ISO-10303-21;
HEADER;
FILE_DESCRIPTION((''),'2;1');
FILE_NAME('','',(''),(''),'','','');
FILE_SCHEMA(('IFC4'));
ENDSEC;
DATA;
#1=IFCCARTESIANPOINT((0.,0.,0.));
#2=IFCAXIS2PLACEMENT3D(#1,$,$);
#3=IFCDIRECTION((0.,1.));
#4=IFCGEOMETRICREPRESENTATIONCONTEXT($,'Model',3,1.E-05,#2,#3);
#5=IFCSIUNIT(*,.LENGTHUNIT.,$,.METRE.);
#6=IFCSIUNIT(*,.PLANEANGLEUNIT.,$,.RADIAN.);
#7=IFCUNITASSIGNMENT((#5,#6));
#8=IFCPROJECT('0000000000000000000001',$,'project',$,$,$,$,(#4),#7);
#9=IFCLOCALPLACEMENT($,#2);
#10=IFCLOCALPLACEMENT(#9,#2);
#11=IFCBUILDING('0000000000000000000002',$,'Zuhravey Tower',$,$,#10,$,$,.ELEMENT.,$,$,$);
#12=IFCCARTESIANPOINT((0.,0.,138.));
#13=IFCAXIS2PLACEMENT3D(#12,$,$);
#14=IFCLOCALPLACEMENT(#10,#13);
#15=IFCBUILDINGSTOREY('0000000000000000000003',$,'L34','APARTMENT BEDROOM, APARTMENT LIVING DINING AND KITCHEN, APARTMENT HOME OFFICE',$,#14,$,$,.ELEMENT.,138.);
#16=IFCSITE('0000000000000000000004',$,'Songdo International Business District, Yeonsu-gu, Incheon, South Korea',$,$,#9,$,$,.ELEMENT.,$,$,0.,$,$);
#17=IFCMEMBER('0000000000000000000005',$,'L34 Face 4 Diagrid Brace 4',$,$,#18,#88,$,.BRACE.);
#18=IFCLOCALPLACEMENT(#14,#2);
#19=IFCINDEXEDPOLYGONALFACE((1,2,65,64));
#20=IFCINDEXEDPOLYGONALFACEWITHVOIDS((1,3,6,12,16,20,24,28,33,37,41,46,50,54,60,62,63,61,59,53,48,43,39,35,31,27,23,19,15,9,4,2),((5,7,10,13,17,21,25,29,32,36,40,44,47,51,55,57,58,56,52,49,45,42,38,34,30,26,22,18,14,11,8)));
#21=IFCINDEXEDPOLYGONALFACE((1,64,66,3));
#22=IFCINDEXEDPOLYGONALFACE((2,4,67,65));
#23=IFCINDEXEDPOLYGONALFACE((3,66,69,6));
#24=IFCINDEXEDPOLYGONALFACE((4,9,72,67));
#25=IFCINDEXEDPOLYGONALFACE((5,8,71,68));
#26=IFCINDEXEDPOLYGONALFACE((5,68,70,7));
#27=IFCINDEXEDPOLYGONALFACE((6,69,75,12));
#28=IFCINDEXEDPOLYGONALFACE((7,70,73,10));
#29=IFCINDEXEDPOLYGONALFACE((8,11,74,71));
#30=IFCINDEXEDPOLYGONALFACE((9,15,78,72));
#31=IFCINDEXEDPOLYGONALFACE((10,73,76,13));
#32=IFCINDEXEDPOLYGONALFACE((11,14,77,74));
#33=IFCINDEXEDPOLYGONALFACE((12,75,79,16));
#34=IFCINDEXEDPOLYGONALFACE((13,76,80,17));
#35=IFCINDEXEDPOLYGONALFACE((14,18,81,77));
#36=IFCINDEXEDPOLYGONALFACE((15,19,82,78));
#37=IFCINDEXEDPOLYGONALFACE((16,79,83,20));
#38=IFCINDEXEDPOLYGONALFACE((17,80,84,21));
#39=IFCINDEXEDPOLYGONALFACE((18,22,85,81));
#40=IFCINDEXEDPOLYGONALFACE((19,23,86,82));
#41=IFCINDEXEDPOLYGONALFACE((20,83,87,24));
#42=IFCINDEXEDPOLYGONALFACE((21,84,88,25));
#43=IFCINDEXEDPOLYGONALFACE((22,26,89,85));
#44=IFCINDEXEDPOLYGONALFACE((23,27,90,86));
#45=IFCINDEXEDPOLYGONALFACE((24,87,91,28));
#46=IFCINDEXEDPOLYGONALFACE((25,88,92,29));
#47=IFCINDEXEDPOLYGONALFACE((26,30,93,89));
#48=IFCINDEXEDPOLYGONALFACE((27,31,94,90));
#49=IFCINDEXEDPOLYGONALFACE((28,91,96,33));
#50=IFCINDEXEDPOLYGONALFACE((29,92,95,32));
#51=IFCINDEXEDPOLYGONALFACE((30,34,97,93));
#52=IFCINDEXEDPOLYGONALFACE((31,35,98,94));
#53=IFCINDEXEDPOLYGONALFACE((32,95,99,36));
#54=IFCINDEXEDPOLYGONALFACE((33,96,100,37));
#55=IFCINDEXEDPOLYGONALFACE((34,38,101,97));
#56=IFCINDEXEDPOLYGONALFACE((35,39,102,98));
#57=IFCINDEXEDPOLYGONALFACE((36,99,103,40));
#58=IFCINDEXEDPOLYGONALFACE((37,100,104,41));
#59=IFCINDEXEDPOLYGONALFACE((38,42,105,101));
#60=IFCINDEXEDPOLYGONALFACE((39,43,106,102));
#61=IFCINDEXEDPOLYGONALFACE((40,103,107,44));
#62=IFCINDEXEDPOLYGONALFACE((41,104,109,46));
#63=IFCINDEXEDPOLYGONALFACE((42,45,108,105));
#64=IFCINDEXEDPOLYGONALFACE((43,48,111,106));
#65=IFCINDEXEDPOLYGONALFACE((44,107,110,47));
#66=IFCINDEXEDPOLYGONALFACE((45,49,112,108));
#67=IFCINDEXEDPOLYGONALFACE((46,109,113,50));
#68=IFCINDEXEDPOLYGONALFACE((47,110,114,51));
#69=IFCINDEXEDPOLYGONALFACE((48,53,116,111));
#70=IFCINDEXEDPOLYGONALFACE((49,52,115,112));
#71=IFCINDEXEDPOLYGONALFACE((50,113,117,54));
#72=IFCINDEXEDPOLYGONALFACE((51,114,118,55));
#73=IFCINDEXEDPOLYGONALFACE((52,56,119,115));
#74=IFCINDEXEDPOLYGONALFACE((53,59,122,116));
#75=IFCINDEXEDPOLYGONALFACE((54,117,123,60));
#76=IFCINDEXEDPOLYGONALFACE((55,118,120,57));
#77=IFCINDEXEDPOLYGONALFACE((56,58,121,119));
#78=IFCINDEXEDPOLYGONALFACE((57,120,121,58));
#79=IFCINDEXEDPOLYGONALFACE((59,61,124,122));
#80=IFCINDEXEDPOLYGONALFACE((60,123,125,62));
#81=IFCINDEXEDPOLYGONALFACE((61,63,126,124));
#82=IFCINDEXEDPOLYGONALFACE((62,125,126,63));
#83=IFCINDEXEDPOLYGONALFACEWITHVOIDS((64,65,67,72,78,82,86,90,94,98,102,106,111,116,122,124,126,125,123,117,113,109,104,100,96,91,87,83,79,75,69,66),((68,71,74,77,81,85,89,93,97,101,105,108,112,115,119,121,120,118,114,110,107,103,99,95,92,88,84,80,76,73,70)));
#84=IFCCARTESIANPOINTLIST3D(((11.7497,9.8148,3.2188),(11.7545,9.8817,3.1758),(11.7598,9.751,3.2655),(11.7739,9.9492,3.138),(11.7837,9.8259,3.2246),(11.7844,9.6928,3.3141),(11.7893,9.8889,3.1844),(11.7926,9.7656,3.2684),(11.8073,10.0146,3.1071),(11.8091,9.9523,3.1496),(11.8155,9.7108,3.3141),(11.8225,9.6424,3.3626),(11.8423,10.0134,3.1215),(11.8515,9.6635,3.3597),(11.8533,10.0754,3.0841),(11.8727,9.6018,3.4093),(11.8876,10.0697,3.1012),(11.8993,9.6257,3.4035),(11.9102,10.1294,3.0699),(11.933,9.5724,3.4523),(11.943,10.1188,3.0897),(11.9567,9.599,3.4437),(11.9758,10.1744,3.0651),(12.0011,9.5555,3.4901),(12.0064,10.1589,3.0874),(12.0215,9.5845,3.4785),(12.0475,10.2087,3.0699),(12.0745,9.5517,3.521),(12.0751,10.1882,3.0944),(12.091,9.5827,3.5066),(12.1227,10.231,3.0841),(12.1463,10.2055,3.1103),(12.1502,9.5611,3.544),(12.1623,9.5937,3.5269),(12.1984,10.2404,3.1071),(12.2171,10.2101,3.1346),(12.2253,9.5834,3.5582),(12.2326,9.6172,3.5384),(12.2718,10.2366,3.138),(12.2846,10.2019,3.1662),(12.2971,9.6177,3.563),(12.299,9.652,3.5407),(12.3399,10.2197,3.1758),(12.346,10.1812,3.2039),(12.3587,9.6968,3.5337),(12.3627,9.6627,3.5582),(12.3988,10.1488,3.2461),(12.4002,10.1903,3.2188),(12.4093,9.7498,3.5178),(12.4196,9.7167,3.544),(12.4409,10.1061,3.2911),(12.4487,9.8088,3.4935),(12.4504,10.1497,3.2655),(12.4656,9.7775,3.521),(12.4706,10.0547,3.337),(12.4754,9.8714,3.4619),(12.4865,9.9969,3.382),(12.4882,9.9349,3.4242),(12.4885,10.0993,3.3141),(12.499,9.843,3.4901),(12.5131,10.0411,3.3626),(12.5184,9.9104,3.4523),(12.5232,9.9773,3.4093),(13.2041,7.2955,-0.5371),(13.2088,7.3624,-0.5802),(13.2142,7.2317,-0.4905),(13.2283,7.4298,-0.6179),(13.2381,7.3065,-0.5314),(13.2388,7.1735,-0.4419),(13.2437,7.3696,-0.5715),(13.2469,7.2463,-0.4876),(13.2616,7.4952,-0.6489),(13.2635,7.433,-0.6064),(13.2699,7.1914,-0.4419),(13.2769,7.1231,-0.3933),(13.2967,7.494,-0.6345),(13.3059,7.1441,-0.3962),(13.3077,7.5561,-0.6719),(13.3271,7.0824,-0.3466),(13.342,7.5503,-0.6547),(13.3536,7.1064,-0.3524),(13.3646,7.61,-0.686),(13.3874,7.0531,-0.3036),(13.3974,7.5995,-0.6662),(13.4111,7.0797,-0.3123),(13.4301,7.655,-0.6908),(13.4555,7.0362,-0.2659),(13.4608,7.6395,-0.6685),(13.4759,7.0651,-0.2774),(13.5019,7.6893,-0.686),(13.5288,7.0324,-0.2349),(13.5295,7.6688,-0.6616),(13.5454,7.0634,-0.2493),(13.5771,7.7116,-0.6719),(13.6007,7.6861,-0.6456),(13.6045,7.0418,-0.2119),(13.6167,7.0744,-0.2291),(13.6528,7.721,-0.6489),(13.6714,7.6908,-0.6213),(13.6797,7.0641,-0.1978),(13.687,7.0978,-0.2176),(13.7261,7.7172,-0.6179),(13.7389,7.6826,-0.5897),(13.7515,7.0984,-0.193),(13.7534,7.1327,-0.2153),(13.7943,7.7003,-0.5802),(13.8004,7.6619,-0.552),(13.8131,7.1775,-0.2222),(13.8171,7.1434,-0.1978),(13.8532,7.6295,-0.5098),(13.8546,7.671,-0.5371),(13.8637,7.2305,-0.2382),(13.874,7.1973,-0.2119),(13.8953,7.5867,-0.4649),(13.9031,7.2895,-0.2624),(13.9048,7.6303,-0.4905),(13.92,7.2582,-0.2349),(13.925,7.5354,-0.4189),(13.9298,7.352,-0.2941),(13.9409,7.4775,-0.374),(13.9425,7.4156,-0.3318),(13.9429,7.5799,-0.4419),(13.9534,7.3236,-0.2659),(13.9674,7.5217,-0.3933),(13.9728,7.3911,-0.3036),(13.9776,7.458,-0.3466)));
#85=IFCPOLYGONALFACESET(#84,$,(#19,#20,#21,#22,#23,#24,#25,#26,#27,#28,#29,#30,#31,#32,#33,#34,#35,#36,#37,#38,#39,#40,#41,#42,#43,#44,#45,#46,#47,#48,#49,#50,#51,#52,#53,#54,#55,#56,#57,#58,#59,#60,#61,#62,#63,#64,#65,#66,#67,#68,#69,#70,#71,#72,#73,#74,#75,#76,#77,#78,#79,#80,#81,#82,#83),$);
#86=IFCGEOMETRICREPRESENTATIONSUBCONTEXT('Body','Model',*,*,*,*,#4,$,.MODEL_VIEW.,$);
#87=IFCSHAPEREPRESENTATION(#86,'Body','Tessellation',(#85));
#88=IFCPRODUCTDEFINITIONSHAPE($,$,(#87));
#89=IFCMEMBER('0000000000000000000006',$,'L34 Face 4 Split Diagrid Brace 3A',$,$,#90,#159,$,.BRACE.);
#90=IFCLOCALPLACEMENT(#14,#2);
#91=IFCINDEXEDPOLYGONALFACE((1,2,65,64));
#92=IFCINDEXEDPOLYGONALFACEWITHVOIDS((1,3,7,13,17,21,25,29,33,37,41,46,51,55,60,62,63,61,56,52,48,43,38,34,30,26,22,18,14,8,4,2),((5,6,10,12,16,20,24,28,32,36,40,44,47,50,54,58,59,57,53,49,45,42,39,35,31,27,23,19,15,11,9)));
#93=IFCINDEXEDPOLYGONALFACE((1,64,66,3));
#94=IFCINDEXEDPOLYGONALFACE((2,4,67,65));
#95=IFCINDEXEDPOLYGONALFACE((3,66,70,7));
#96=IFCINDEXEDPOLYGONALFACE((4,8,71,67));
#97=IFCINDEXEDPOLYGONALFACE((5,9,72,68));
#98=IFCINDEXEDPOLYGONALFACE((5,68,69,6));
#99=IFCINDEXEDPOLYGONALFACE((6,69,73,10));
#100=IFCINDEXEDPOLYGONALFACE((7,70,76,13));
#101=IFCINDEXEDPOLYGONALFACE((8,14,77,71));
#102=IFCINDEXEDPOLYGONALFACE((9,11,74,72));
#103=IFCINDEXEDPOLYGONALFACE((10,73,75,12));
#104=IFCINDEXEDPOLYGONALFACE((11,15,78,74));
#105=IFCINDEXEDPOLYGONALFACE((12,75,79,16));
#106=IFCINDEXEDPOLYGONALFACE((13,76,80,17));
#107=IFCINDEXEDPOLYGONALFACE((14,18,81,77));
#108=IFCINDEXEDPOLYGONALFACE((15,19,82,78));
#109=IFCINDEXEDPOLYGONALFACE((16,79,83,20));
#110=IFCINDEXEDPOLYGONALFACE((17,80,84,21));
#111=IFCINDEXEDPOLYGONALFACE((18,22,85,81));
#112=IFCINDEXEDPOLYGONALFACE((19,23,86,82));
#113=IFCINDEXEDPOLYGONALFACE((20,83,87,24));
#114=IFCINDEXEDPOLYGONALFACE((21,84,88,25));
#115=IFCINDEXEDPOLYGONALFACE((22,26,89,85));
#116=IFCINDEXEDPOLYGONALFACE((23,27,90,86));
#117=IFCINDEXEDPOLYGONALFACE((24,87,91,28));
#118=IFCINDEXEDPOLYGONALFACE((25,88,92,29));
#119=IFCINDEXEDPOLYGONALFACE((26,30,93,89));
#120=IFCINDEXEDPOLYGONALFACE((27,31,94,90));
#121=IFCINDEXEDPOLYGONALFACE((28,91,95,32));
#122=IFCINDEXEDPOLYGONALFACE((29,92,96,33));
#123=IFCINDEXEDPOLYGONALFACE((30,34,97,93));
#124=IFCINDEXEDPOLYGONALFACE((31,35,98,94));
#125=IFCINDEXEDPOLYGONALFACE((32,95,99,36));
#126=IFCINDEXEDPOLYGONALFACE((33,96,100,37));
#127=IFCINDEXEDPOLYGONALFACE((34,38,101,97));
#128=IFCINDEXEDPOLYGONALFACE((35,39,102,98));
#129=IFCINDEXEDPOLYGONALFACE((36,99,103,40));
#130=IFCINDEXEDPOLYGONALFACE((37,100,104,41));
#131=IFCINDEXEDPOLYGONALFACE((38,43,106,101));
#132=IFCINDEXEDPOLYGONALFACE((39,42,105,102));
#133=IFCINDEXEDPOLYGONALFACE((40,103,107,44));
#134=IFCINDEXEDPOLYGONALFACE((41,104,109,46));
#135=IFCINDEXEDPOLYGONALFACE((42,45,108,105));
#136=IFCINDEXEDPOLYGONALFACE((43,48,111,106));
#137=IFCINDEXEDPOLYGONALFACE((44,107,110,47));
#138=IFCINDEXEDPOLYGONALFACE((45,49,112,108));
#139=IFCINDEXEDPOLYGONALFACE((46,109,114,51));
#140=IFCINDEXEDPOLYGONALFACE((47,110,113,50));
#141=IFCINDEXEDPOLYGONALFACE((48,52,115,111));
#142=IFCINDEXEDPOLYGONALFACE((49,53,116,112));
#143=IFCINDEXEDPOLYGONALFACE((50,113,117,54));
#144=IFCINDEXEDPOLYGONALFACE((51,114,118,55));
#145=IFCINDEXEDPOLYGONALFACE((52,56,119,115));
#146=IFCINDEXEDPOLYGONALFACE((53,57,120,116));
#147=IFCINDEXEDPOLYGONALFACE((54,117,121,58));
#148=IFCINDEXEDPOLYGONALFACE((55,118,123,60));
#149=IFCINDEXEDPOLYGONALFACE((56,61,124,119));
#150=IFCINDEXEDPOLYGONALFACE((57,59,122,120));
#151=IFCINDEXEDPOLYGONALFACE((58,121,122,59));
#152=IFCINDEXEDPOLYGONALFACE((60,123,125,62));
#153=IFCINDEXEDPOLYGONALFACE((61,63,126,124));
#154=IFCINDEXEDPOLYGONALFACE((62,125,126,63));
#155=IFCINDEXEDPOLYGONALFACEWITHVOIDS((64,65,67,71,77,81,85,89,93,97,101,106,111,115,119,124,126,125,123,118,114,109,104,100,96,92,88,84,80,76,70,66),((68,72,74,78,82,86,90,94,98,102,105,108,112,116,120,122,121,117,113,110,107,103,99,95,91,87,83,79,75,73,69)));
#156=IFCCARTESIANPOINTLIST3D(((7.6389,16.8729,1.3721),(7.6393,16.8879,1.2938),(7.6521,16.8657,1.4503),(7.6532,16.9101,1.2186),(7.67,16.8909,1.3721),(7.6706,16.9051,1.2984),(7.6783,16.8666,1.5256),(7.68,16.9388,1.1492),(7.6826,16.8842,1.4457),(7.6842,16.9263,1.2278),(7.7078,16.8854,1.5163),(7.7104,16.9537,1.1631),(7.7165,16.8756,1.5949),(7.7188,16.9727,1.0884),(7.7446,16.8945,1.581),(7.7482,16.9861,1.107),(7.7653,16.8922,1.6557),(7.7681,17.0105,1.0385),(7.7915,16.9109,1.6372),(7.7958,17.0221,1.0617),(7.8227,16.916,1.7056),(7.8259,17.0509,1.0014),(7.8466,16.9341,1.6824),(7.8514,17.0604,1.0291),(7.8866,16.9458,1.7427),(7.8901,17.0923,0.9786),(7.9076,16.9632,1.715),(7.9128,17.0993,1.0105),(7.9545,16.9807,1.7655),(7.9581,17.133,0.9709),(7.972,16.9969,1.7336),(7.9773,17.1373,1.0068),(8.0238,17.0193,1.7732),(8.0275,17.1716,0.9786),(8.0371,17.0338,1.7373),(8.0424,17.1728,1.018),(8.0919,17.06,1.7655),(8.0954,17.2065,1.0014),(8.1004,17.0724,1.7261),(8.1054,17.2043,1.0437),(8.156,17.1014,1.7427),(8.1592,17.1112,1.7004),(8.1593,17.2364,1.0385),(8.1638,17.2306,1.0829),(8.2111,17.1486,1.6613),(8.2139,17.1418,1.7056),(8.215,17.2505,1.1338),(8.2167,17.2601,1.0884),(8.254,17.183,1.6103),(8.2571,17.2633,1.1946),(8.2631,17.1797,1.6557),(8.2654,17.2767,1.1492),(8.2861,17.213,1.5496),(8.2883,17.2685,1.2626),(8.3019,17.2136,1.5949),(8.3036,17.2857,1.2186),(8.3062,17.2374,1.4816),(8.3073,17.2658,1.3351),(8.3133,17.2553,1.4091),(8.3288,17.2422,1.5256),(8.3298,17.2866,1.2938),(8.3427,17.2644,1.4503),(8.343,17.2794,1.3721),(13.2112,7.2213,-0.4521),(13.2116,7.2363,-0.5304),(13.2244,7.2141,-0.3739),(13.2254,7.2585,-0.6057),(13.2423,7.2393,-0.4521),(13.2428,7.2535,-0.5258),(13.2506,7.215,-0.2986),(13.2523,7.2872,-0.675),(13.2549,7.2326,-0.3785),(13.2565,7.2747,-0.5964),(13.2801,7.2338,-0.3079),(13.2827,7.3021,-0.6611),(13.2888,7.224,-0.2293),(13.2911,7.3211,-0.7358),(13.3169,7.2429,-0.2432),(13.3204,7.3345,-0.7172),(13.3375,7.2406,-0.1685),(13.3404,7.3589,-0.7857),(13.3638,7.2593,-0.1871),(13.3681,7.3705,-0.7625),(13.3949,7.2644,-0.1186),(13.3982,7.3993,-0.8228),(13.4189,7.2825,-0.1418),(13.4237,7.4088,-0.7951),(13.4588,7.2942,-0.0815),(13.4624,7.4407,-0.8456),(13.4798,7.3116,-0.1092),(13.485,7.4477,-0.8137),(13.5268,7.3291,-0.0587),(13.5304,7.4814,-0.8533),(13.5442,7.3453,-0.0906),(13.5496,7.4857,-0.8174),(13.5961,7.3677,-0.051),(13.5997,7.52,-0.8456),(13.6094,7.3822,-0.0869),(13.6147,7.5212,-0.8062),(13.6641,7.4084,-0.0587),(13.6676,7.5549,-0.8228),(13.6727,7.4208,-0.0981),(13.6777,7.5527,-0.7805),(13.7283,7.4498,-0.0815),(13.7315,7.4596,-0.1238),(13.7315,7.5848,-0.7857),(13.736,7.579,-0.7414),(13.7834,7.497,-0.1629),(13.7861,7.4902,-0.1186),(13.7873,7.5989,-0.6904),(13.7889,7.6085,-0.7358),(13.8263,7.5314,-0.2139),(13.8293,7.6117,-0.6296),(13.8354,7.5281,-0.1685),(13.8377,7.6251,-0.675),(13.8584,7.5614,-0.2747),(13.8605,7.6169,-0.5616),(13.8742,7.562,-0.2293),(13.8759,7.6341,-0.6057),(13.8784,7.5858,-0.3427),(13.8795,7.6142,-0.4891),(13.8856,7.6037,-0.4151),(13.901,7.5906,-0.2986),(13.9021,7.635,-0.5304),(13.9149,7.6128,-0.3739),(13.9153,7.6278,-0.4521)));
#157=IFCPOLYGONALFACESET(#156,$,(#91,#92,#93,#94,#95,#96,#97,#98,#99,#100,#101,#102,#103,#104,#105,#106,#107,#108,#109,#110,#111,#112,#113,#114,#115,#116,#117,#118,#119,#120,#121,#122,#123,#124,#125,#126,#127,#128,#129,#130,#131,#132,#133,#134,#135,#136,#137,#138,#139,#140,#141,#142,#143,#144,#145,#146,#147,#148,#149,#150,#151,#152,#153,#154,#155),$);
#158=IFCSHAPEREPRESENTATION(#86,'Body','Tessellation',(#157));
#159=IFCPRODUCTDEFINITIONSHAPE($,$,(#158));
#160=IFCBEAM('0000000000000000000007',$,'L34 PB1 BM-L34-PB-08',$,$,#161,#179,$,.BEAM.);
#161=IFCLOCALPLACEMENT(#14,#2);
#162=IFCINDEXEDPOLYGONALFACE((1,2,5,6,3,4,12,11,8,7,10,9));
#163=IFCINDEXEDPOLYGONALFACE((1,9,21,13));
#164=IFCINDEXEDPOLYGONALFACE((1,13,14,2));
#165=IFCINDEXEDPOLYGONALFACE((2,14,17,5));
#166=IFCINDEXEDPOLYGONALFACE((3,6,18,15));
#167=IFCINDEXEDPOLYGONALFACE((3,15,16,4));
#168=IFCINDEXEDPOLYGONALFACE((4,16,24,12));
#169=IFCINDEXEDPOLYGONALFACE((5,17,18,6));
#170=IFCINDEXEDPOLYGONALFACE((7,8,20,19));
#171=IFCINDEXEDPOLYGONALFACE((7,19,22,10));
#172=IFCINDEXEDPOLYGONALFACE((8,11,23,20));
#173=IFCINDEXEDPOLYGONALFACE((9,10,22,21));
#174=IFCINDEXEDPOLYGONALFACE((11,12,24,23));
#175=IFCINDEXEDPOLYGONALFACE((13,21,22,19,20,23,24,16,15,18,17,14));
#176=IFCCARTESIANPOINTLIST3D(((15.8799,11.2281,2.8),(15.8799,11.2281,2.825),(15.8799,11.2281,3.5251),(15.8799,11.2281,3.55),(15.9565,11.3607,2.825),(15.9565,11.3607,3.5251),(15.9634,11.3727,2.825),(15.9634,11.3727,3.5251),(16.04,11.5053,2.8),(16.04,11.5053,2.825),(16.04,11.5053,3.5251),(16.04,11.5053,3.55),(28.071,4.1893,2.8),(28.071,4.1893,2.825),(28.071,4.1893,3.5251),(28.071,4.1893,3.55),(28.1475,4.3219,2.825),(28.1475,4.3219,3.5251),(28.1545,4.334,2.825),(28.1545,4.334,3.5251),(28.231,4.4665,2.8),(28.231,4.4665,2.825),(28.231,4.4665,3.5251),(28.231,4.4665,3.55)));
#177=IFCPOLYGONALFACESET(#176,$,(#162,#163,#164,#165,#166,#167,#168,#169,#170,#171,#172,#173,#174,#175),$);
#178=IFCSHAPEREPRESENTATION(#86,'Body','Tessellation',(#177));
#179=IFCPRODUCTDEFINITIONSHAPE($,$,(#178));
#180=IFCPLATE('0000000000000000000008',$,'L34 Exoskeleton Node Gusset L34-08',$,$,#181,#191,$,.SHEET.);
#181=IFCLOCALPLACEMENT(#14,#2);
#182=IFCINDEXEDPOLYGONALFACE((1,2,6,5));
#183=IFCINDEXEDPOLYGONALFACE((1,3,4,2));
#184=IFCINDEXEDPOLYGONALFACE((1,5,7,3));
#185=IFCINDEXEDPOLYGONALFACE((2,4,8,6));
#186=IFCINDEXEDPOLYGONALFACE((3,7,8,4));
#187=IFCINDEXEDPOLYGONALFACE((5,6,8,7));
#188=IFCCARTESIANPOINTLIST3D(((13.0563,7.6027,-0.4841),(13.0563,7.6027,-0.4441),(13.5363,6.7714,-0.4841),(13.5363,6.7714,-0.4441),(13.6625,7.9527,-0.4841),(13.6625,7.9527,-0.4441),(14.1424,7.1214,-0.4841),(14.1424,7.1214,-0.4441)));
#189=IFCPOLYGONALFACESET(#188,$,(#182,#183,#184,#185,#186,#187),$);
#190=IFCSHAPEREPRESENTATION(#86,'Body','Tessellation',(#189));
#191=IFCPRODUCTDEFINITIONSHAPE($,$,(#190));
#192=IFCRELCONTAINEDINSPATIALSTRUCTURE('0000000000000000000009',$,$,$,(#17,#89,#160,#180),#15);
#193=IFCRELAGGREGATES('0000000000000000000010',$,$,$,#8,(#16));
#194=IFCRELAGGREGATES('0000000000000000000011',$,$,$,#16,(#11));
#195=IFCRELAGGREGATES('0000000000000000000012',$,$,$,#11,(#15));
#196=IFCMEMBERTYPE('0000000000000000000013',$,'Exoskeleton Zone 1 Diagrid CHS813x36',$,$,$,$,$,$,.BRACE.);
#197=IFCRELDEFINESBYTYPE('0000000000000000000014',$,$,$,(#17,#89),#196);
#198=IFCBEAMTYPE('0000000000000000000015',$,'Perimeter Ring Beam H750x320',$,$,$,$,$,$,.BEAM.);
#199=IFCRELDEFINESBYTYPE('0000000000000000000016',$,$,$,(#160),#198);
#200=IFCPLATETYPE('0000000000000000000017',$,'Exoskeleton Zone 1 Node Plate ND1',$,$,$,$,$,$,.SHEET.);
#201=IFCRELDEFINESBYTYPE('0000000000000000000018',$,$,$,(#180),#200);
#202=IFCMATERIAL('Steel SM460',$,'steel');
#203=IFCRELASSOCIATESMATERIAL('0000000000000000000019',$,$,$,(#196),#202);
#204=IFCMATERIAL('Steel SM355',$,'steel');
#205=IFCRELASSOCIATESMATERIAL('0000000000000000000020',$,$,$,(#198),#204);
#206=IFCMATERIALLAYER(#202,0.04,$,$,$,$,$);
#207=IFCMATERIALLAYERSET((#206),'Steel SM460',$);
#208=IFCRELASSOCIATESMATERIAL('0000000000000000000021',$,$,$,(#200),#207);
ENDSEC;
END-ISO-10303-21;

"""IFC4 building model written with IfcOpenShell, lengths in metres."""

from ifc_helpers import new_model, si_unit, direction, frame, origin, origin_2d, place, context, subcontext, project, spatial, rectangle, hollow_circle, i_section, extrude, material, layer, layer_set, material_profile, profile_set, type_object, element, save


model = new_model("IFC4")

# Units and contexts
model_context = context("Model", 3, precision=1e-05, world=origin(), true_north=direction((0.0, 1.0)))
body_context = subcontext(model_context, "Body", "Model", "MODEL_VIEW")
ifc_project = project(units=[si_unit("LENGTHUNIT", "METRE"), si_unit("PLANEANGLEUNIT", "RADIAN")], contexts=[model_context])

# Site, building, storey
site_placement = place(None, origin())
site = spatial("IfcSite", under=ifc_project, at=site_placement, Name="Songdo International Business District, Yeonsu-gu, Incheon, South Korea", CompositionType="ELEMENT", RefElevation=0.0)
building_placement = place(site_placement, origin())
building = spatial("IfcBuilding", under=site, at=building_placement, Name="Zuhravey Tower", CompositionType="ELEMENT")
storey_placement = place(building_placement, frame((0.0, 0.0, 138.0)))
storey = spatial("IfcBuildingStorey", under=building, at=storey_placement, Name="L34", Description="APARTMENT BEDROOM, APARTMENT LIVING DINING AND KITCHEN, APARTMENT HOME OFFICE", CompositionType="ELEMENT", Elevation=138.0)

# Shared definitions
ifc_material_1 = material(Name="Steel SM460", Category="steel")

# Members
ifc_material_profile_1 = material_profile(ifc_material_1, hollow_circle(Radius=0.4065, WallThickness=0.0359, at=origin_2d()), Name="CHS-812.8x36")
ifc_profile_set_1 = profile_set([ifc_material_profile_1], Name="Steel SM460")
member_type_1 = type_object("IfcMemberType", Name="Exoskeleton Zone 1 Diagrid CHS813x36", PredefinedType="BRACE", material=ifc_profile_set_1)
member_1_placement = place(storey_placement, frame((13.5908, 7.3767, -0.4419), z_axis=(-0.306138, 0.530307, 0.790604), x_axis=(-0.86605, -0.499957, 0.0)))
element("IfcMember", 1, at=member_1_placement, inside=storey, type_object=member_type_1, Name="L34 Face 4 Diagrid Brace 4", PredefinedType="BRACE", context=body_context, shape_type="SweptSolid", body=[
    extrude(hollow_circle(Radius=0.4065, WallThickness=0.0359, at=origin_2d()), origin(), (0.0, 0.0, 1.0), 4.7507),
])
member_2_placement = place(storey_placement, frame((13.5632, 7.4246, -0.4521), z_axis=(-0.493427, 0.854655, 0.161536), x_axis=(-0.866029, -0.499994, 0.0)))
element("IfcMember", 2, at=member_2_placement, inside=storey, type_object=member_type_1, Name="L34 Face 4 Split Diagrid Brace 3A", PredefinedType="BRACE", context=body_context, shape_type="SweptSolid", body=[
    extrude(hollow_circle(Radius=0.4065, WallThickness=0.0359, at=origin_2d()), origin(), (0.0, 0.0, 1.0), 11.293),
])

# Beam
ifc_material_2 = material(Name="Steel SM355", Category="steel")
ifc_material_profile_2 = material_profile(ifc_material_2, i_section(OverallWidth=0.3201, OverallDepth=0.75, WebThickness=0.0139, FlangeThickness=0.0249, at=origin_2d()), Name="H-750x320x14x25")
ifc_profile_set_2 = profile_set([ifc_material_profile_2], Name="Steel SM355")
beam_type_1 = type_object("IfcBeamType", Name="Perimeter Ring Beam H750x320", PredefinedType="BEAM", material=ifc_profile_set_2)
beam_1_placement = place(storey_placement, frame((15.96, 11.3667, 3.175), z_axis=(0.866018, -0.500013, 0.0), x_axis=(0.500013, 0.866018, 0.0)))
element("IfcBeam", 3, at=beam_1_placement, inside=storey, type_object=beam_type_1, Name="L34 PB1 BM-L34-PB-08", PredefinedType="BEAM", context=body_context, shape_type="SweptSolid", body=[
    extrude(i_section(OverallWidth=0.3201, OverallDepth=0.75, WebThickness=0.0139, FlangeThickness=0.0249, at=origin_2d()), origin(), (0.0, 0.0, 1.0), 14.0771),
])

# Plate
ifc_layer_1 = layer(ifc_material_1, 0.04)
ifc_layer_set_1 = layer_set([ifc_layer_1], Name="Steel SM460")
plate_type_1 = type_object("IfcPlateType", Name="Exoskeleton Zone 1 Node Plate ND1", PredefinedType="SHEET", material=ifc_layer_set_1)
plate_1_placement = place(storey_placement, frame((13.5994, 7.3621, -0.4841), z_axis=(0.0, 0.0, 1.0), x_axis=(0.5, -0.866025, 0.0)))
element("IfcPlate", 4, at=plate_1_placement, inside=storey, type_object=plate_type_1, Name="L34 Exoskeleton Node Gusset L34-08", PredefinedType="SHEET", context=body_context, shape_type="SweptSolid", body=[
    extrude(rectangle(XDim=0.96, YDim=0.7, at=origin_2d()), origin(), (0.0, 0.0, 1.0), 0.04),
])

save(model, "model.ifc")
